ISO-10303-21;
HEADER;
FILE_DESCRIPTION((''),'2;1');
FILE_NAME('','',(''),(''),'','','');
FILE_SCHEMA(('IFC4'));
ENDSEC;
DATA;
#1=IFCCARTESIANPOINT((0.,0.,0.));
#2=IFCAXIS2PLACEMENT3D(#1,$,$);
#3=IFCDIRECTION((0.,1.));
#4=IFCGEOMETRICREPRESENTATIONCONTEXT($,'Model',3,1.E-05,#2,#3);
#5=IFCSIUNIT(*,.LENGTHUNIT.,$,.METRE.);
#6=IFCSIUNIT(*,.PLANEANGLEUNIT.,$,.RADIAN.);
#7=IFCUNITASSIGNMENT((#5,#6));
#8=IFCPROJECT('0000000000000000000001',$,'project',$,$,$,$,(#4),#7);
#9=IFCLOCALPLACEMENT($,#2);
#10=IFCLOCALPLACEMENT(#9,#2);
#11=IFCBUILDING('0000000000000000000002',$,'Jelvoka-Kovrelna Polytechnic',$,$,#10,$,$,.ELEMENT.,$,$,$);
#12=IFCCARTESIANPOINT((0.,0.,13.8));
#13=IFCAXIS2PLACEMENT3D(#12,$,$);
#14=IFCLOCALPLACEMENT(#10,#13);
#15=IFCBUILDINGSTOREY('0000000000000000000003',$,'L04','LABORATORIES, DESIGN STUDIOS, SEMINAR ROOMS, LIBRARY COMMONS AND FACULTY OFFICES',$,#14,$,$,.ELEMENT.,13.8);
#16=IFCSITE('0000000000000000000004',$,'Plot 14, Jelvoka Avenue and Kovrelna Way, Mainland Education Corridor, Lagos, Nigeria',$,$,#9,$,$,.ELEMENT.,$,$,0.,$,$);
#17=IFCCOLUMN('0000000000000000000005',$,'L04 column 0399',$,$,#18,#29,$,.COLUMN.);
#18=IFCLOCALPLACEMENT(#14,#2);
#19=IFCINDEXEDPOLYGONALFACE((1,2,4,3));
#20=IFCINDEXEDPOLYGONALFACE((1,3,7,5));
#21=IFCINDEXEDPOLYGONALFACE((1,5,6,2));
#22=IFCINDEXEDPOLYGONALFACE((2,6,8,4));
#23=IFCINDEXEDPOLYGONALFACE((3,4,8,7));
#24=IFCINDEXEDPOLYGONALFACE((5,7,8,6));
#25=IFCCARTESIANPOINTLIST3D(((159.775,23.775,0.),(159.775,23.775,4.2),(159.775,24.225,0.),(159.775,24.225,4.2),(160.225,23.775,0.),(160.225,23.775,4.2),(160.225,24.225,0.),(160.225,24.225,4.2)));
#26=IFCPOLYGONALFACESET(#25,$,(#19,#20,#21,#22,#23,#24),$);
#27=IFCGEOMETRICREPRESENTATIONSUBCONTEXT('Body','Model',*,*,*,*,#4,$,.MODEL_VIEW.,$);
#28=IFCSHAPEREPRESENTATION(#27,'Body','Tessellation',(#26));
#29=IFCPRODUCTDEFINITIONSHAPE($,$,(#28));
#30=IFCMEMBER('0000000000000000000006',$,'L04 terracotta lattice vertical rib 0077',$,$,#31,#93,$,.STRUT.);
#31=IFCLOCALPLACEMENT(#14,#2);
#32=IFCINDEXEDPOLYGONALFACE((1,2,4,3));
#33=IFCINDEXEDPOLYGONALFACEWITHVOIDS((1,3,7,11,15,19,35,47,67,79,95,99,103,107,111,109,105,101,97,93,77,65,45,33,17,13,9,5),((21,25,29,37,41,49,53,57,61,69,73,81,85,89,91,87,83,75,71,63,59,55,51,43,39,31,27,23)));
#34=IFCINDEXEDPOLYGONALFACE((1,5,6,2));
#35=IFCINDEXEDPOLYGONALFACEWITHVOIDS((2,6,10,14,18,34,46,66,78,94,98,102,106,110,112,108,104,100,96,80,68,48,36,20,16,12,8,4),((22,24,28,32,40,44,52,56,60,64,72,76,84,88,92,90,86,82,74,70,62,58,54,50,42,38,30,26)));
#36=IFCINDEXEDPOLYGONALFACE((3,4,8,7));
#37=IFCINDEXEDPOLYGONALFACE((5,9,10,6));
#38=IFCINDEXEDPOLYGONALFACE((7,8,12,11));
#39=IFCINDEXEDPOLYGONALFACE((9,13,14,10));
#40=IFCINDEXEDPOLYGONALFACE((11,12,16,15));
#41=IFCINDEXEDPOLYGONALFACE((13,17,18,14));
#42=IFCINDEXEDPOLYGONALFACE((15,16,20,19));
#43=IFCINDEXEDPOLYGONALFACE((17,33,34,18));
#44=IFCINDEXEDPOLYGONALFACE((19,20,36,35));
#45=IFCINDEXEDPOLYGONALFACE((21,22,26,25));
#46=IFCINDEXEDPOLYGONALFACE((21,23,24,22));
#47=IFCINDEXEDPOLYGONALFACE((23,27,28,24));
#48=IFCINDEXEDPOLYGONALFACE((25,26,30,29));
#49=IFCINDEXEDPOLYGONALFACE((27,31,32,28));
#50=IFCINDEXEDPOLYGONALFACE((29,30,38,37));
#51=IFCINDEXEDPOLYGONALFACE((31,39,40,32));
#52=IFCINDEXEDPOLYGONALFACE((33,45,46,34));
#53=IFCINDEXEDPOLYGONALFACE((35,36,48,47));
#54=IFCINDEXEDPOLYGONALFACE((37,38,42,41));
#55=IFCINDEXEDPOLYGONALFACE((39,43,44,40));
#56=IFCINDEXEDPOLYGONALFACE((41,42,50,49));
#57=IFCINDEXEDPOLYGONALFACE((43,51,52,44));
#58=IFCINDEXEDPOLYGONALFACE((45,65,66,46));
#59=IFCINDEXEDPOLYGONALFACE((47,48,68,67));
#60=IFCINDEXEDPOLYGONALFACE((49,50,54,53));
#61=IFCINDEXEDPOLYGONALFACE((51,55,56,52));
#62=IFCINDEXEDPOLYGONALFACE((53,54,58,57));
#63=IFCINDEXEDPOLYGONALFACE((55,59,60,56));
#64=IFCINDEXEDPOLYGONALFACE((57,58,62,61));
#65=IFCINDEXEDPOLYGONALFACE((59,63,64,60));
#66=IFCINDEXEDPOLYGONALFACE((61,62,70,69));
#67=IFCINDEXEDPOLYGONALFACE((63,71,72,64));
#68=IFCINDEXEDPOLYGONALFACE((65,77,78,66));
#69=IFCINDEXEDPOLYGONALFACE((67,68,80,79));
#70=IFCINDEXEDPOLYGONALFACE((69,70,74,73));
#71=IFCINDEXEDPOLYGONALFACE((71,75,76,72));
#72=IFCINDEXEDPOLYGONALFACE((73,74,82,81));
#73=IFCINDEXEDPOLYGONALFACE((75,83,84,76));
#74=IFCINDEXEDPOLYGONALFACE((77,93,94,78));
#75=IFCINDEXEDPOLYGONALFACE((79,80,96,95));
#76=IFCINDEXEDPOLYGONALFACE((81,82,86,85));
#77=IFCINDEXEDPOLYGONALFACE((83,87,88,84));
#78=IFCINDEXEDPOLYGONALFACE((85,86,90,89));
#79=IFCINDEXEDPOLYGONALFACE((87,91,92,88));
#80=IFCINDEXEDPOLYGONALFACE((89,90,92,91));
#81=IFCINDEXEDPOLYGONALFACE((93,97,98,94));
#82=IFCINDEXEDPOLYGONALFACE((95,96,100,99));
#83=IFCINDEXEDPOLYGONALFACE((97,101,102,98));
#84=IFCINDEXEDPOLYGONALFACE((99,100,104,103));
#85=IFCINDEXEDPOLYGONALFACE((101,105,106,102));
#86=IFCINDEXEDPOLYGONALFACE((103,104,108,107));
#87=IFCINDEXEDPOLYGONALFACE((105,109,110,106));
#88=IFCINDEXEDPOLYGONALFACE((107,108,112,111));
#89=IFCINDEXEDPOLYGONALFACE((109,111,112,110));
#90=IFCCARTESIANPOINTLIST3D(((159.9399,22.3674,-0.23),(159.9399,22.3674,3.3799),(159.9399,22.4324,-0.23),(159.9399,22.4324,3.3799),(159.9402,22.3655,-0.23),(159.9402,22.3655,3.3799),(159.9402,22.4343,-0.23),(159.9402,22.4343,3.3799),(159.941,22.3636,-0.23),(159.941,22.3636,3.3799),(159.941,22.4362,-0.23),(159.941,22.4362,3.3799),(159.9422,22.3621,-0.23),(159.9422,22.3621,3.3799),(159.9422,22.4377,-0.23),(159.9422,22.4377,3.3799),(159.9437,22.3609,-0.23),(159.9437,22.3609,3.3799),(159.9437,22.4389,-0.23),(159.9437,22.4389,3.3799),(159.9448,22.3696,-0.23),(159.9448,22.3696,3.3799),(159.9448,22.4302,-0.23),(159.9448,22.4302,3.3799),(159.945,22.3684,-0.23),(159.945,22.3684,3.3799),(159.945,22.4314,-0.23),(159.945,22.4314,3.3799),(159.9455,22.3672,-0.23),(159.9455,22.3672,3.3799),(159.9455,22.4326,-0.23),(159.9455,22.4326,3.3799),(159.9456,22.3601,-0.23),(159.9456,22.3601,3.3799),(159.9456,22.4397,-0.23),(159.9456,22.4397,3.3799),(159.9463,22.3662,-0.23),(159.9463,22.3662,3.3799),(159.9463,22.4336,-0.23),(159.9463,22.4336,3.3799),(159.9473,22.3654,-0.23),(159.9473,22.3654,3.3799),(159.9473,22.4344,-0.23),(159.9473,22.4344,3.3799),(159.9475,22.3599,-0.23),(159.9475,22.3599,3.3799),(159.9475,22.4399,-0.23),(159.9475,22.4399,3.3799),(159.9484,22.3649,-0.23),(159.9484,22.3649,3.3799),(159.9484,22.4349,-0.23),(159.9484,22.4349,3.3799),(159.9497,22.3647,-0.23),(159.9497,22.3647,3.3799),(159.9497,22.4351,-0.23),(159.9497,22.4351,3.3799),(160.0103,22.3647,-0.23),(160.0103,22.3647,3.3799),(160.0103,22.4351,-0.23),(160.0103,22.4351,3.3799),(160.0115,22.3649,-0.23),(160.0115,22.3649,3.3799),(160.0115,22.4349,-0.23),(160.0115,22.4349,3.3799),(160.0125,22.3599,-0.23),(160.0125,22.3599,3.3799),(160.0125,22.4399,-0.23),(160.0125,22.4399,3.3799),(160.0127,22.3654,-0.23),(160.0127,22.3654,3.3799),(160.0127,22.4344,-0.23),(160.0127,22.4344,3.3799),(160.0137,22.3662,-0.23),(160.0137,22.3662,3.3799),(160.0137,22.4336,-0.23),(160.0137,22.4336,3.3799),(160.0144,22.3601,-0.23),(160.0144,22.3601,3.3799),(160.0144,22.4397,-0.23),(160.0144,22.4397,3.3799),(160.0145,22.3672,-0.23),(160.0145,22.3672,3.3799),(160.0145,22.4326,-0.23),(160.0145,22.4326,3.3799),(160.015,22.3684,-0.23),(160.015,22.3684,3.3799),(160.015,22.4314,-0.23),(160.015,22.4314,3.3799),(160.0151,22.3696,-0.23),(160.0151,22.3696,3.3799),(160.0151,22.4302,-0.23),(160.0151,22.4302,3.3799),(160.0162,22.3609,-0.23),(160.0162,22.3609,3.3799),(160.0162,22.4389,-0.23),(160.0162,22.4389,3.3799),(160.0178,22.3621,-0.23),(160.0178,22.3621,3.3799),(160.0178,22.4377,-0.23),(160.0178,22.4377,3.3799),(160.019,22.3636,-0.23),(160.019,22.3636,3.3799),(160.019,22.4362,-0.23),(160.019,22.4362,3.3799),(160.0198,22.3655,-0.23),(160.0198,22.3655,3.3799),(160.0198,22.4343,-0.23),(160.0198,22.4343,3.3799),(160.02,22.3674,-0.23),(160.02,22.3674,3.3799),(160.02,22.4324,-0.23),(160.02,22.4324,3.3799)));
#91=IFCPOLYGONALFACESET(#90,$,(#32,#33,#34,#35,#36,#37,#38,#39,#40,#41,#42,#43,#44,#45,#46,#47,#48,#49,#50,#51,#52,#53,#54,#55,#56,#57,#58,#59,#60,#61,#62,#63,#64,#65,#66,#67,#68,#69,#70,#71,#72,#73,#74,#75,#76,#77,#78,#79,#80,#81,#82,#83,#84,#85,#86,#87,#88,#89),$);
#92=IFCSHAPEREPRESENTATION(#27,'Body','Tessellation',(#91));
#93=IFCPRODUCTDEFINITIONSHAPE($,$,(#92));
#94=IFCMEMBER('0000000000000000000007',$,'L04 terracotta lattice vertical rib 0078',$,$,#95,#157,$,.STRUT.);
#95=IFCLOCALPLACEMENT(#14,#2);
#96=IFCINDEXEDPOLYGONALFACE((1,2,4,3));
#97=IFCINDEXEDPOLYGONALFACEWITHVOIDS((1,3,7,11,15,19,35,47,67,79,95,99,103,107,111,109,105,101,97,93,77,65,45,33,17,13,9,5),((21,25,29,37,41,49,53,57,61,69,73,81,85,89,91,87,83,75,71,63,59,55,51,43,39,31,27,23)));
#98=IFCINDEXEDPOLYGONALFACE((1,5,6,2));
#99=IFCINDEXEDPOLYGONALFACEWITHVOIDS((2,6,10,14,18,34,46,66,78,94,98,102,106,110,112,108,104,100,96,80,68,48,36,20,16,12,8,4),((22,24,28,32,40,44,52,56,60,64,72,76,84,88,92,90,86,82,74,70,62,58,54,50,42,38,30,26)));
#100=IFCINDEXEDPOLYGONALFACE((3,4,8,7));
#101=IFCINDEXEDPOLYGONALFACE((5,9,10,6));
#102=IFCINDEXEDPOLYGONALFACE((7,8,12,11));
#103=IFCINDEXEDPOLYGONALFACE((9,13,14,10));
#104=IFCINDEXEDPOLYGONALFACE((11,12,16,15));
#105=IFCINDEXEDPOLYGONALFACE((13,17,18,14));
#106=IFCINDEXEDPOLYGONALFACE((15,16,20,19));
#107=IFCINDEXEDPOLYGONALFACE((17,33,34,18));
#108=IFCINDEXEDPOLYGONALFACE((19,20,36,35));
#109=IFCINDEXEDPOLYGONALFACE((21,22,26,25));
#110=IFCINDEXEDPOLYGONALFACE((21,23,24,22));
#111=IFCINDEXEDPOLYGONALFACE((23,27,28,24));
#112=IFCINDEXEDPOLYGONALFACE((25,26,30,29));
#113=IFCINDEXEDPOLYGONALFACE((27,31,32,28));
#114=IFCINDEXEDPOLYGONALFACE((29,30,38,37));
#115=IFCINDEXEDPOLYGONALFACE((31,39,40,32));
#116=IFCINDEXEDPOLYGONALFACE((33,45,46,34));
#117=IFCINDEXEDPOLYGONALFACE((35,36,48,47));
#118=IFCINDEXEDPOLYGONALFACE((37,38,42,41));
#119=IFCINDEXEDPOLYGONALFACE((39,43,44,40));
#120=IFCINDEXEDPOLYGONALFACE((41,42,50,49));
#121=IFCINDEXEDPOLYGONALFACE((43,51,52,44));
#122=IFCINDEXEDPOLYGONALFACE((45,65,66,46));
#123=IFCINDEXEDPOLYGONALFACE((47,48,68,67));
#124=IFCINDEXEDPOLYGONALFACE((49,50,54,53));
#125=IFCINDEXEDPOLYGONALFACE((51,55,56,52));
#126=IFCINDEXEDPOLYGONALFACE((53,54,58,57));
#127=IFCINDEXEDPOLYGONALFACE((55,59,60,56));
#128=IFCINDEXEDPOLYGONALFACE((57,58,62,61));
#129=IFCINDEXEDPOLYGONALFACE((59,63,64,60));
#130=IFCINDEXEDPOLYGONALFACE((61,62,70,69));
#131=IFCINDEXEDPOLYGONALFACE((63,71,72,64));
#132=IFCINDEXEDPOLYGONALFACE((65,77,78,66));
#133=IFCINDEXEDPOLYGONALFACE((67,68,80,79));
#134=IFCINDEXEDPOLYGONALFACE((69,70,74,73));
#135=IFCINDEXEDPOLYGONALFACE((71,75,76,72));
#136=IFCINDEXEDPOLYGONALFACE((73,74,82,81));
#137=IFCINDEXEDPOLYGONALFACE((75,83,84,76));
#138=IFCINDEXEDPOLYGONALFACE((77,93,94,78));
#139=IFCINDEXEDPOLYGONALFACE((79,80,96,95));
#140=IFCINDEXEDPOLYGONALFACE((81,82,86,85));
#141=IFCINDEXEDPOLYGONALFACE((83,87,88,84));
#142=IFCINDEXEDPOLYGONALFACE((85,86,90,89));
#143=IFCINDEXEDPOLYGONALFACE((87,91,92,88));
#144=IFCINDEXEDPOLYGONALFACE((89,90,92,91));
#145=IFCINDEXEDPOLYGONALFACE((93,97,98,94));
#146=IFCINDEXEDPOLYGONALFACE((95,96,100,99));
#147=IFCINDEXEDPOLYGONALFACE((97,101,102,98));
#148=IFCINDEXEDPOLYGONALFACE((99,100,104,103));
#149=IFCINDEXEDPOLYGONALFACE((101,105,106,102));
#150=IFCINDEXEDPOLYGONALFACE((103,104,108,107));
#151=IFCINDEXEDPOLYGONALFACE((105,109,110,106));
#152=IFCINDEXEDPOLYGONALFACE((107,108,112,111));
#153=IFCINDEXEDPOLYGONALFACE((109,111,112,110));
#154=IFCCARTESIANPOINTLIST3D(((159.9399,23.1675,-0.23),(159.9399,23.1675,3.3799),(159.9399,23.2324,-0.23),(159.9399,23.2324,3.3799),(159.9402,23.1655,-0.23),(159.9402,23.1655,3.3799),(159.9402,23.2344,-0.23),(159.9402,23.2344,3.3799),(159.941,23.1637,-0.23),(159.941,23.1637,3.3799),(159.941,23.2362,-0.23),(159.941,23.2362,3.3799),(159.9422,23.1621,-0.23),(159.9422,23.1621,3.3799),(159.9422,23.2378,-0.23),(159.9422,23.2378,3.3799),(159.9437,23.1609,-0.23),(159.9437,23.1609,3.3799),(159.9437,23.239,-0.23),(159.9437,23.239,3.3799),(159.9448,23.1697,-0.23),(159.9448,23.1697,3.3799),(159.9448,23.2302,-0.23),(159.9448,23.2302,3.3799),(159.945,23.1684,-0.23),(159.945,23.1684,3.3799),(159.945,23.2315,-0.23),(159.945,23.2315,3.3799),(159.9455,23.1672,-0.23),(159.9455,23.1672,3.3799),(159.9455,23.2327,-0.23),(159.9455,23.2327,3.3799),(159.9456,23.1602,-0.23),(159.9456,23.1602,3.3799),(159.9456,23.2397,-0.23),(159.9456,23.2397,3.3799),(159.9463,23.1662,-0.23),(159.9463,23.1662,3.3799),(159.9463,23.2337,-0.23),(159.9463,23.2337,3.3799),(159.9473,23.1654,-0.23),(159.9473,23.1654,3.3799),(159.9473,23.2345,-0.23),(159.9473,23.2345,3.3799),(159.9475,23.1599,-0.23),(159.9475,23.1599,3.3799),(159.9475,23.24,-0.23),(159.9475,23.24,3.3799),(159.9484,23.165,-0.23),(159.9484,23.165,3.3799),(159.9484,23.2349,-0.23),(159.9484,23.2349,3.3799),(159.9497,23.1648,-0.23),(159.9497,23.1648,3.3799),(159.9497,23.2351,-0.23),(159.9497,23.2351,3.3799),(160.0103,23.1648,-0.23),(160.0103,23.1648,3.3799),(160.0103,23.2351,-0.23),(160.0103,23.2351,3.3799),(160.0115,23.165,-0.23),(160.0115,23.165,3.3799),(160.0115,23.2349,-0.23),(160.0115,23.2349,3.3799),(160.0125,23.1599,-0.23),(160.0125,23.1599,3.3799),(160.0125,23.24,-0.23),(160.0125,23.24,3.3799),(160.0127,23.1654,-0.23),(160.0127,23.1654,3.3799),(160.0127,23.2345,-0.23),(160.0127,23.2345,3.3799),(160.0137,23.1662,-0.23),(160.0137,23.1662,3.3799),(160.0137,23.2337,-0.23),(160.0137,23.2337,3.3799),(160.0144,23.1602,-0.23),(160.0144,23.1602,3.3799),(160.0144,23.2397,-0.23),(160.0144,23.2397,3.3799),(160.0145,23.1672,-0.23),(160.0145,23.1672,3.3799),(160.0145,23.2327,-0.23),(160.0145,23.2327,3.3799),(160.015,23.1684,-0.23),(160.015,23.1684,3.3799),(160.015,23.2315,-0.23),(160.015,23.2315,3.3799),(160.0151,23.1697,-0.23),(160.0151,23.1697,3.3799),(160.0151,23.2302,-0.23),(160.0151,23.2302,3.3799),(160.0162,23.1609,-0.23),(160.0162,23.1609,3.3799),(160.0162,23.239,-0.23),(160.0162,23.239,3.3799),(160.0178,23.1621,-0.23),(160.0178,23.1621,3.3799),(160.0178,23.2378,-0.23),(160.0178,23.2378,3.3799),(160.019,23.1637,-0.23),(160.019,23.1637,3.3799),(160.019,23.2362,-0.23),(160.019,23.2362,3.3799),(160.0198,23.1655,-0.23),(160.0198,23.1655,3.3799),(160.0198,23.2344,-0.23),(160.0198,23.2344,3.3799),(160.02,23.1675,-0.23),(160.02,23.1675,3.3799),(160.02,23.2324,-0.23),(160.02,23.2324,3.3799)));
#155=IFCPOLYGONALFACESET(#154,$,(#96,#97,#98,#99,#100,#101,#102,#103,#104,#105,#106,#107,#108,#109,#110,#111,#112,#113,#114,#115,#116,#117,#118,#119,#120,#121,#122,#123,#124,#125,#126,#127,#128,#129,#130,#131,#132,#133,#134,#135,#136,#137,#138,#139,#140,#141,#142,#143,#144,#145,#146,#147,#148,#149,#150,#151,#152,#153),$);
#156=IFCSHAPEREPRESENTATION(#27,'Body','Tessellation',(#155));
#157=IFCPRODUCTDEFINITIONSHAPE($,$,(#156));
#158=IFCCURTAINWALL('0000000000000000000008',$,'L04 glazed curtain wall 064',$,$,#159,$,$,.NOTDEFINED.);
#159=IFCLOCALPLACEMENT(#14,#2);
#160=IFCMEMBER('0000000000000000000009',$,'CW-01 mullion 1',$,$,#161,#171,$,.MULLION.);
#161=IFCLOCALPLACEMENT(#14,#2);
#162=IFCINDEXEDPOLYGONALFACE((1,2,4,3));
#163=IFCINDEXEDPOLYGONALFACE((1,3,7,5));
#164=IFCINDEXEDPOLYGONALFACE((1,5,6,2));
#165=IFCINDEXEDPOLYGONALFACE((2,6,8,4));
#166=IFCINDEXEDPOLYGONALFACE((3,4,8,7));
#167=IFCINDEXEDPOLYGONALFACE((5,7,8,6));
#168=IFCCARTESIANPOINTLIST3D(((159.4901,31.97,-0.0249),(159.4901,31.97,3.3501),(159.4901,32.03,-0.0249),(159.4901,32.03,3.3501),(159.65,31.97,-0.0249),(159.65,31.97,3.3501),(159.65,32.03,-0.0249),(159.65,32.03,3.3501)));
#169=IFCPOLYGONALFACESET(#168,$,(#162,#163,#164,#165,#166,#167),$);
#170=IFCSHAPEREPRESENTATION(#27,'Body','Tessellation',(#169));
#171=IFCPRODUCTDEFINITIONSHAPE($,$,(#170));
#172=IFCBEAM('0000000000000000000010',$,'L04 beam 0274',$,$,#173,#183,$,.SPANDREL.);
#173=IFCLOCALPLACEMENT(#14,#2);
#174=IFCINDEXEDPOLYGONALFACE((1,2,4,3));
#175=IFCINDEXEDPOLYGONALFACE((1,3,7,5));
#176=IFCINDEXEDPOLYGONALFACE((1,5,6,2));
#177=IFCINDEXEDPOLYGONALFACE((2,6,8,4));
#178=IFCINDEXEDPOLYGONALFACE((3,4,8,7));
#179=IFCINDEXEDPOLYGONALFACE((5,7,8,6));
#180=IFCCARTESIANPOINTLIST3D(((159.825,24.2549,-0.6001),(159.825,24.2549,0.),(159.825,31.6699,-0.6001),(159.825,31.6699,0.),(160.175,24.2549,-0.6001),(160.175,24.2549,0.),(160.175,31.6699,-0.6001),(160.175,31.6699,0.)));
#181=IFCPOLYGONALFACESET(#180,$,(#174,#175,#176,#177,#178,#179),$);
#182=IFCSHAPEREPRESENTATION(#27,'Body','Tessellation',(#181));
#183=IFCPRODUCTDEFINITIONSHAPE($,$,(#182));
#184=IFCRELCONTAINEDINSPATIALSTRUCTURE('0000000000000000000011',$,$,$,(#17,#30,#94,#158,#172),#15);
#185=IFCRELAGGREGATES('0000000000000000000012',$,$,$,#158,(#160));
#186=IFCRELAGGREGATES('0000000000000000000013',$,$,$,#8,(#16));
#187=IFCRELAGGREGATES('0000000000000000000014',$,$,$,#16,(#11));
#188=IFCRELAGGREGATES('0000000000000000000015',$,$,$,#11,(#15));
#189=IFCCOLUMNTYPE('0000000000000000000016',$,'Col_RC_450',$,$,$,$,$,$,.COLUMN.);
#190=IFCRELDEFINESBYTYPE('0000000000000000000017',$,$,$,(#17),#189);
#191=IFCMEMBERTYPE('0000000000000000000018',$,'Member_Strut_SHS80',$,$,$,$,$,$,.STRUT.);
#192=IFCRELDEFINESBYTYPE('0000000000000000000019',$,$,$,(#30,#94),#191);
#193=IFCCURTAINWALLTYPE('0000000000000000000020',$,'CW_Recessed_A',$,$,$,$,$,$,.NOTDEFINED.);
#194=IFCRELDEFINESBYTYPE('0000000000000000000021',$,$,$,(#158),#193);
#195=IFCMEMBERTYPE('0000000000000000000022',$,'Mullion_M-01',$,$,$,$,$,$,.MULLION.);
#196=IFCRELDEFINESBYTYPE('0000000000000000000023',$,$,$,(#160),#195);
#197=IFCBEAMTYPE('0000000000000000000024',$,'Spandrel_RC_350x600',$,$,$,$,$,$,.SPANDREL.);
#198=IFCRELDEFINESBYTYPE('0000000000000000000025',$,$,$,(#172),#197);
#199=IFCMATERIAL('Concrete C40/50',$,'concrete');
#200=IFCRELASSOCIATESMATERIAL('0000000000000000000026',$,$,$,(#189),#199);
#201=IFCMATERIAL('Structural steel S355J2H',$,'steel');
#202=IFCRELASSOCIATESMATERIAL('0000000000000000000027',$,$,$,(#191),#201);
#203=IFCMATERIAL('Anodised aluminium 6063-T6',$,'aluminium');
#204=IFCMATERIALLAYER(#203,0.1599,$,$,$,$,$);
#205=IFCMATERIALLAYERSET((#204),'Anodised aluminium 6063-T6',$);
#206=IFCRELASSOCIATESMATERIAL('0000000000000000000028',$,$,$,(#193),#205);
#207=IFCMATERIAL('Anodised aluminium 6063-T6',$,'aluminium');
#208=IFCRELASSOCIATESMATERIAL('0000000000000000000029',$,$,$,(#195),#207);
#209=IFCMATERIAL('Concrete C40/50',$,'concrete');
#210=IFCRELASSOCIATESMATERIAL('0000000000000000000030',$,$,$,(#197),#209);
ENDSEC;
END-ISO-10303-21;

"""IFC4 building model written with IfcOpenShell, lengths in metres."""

from ifc_helpers import new_model, si_unit, direction, frame, origin, origin_2d, place, context, subcontext, project, spatial, rectangle, hollow_rectangle, extrude, material, layer, layer_set, material_profile, profile_set, type_object, element, aggregate, save


model = new_model("IFC4")

# Units and contexts
model_context = context("Model", 3, precision=1e-05, world=origin(), true_north=direction((0.0, 1.0)))
body_context = subcontext(model_context, "Body", "Model", "MODEL_VIEW")
ifc_project = project(units=[si_unit("LENGTHUNIT", "METRE"), si_unit("PLANEANGLEUNIT", "RADIAN")], contexts=[model_context])

# Site, building, storey
site_placement = place(None, origin())
site = spatial("IfcSite", under=ifc_project, at=site_placement, Name="Plot 14, Jelvoka Avenue and Kovrelna Way, Mainland Education Corridor, Lagos, Nigeria", CompositionType="ELEMENT", RefElevation=0.0)
building_placement = place(site_placement, origin())
building = spatial("IfcBuilding", under=site, at=building_placement, Name="Jelvoka-Kovrelna Polytechnic", CompositionType="ELEMENT")
storey_placement = place(building_placement, frame((0.0, 0.0, 13.8)))
storey = spatial("IfcBuildingStorey", under=building, at=storey_placement, Name="L04", Description="LABORATORIES, DESIGN STUDIOS, SEMINAR ROOMS, LIBRARY COMMONS AND FACULTY OFFICES", CompositionType="ELEMENT", Elevation=13.8)

# Column
ifc_material_1 = material(Name="Concrete C40/50", Category="concrete")
ifc_material_profile_1 = material_profile(ifc_material_1, rectangle(XDim=0.45, YDim=0.45, at=origin_2d()), Name="RC 450x450")
ifc_profile_set_1 = profile_set([ifc_material_profile_1], Name="Concrete C40/50")
column_type = type_object("IfcColumnType", Name="Col_RC_450", PredefinedType="COLUMN", material=ifc_profile_set_1)
column_placement = place(storey_placement, frame((160.0, 24.0, 0.0), z_axis=(0.0, 0.0, 1.0), x_axis=(1.0, 0.0, 0.0)))
element("IfcColumn", 1, at=column_placement, inside=storey, type_object=column_type, Name="L04 column 0399", PredefinedType="COLUMN", context=body_context, shape_type="SweptSolid", body=[
    extrude(rectangle(XDim=0.45, YDim=0.45, at=origin_2d()), origin(), (0.0, 0.0, 1.0), 4.2),
])

# Members
ifc_material_2 = material(Name="Structural steel S355J2H", Category="steel")
ifc_material_profile_2 = material_profile(ifc_material_2, hollow_rectangle(XDim=0.0801, YDim=0.0801, WallThickness=0.0049, InnerFilletRadius=0.0049, OuterFilletRadius=0.0076, at=origin_2d()), Name="80x80x5.0 SHS")
ifc_profile_set_2 = profile_set([ifc_material_profile_2], Name="Structural steel S355J2H")
member_type_1 = type_object("IfcMemberType", Name="Member_Strut_SHS80", PredefinedType="STRUT", material=ifc_profile_set_2)
for number, where, z_axis, x_axis, name in (
    (2, (159.98, 22.3999, -0.23), (0.0, 0.0, 1.0), (1.0, 0.0, 0.0), "L04 terracotta lattice vertical rib 0077"),
    (3, (159.98, 23.2, -0.23), (0.0, 0.0, 1.0), (1.0, 0.0, 0.0), "L04 terracotta lattice vertical rib 0078"),
):
    element("IfcMember", number, at=place(storey_placement, frame(where, z_axis=z_axis, x_axis=x_axis)), inside=storey, type_object=member_type_1, Name=name, PredefinedType="STRUT", context=body_context, shape_type="SweptSolid", body=[
        extrude(hollow_rectangle(XDim=0.0801, YDim=0.0801, WallThickness=0.0049, InnerFilletRadius=0.0049, OuterFilletRadius=0.0076, at=origin_2d()), origin(), (0.0, 0.0, 1.0), 3.6099),
    ])

# Curtain wall, member
ifc_material_3 = material(Name="Anodised aluminium 6063-T6", Category="aluminium")
ifc_layer_1 = layer(ifc_material_3, 0.1599)
ifc_layer_set_1 = layer_set([ifc_layer_1], Name="Anodised aluminium 6063-T6")
curtain_wall_type = type_object("IfcCurtainWallType", Name="CW_Recessed_A", PredefinedType="NOTDEFINED", material=ifc_layer_set_1)
curtain_wall_1_placement = place(storey_placement, origin())
curtain_wall_1 = element("IfcCurtainWall", 4, at=curtain_wall_1_placement, inside=storey, type_object=curtain_wall_type, Name="L04 glazed curtain wall 064", PredefinedType="NOTDEFINED")
ifc_material_4 = material(Name="Anodised aluminium 6063-T6", Category="aluminium")
ifc_material_profile_3 = material_profile(ifc_material_4, rectangle(XDim=0.0601, YDim=0.1599, at=origin_2d()), Name="ALU 60x160")
ifc_profile_set_3 = profile_set([ifc_material_profile_3], Name="Anodised aluminium 6063-T6")
member_type_2 = type_object("IfcMemberType", Name="Mullion_M-01", PredefinedType="MULLION", material=ifc_profile_set_3)
member_1_placement = place(storey_placement, frame((159.5701, 32.0, -0.0249), z_axis=(0.0, 0.0, 1.0), x_axis=(0.0, -1.0, 0.0)))
member_1 = element("IfcMember", 5, at=member_1_placement, type_object=member_type_2, Name="CW-01 mullion 1", PredefinedType="MULLION", context=body_context, shape_type="SweptSolid", body=[
    extrude(rectangle(XDim=0.0601, YDim=0.1599, at=origin_2d()), origin(), (0.0, 0.0, 1.0), 3.375),
])

# Beam
ifc_material_5 = material(Name="Concrete C40/50", Category="concrete")
ifc_material_profile_4 = material_profile(ifc_material_5, rectangle(XDim=0.3501, YDim=0.6001, at=origin_2d()), Name="RC 350x600")
ifc_profile_set_4 = profile_set([ifc_material_profile_4], Name="Concrete C40/50")
beam_type = type_object("IfcBeamType", Name="Spandrel_RC_350x600", PredefinedType="SPANDREL", material=ifc_profile_set_4)
beam_placement = place(storey_placement, frame((160.0, 24.2549, -0.3), z_axis=(0.0, 1.0, 0.0), x_axis=(-1.0, 0.0, 0.0)))
element("IfcBeam", 6, at=beam_placement, inside=storey, type_object=beam_type, Name="L04 beam 0274", PredefinedType="SPANDREL", context=body_context, shape_type="SweptSolid", body=[
    extrude(rectangle(XDim=0.3501, YDim=0.6001, at=origin_2d()), origin(), (0.0, 0.0, 1.0), 7.415),
])

aggregate(curtain_wall_1, [member_1])

save(model, "model.ifc")
